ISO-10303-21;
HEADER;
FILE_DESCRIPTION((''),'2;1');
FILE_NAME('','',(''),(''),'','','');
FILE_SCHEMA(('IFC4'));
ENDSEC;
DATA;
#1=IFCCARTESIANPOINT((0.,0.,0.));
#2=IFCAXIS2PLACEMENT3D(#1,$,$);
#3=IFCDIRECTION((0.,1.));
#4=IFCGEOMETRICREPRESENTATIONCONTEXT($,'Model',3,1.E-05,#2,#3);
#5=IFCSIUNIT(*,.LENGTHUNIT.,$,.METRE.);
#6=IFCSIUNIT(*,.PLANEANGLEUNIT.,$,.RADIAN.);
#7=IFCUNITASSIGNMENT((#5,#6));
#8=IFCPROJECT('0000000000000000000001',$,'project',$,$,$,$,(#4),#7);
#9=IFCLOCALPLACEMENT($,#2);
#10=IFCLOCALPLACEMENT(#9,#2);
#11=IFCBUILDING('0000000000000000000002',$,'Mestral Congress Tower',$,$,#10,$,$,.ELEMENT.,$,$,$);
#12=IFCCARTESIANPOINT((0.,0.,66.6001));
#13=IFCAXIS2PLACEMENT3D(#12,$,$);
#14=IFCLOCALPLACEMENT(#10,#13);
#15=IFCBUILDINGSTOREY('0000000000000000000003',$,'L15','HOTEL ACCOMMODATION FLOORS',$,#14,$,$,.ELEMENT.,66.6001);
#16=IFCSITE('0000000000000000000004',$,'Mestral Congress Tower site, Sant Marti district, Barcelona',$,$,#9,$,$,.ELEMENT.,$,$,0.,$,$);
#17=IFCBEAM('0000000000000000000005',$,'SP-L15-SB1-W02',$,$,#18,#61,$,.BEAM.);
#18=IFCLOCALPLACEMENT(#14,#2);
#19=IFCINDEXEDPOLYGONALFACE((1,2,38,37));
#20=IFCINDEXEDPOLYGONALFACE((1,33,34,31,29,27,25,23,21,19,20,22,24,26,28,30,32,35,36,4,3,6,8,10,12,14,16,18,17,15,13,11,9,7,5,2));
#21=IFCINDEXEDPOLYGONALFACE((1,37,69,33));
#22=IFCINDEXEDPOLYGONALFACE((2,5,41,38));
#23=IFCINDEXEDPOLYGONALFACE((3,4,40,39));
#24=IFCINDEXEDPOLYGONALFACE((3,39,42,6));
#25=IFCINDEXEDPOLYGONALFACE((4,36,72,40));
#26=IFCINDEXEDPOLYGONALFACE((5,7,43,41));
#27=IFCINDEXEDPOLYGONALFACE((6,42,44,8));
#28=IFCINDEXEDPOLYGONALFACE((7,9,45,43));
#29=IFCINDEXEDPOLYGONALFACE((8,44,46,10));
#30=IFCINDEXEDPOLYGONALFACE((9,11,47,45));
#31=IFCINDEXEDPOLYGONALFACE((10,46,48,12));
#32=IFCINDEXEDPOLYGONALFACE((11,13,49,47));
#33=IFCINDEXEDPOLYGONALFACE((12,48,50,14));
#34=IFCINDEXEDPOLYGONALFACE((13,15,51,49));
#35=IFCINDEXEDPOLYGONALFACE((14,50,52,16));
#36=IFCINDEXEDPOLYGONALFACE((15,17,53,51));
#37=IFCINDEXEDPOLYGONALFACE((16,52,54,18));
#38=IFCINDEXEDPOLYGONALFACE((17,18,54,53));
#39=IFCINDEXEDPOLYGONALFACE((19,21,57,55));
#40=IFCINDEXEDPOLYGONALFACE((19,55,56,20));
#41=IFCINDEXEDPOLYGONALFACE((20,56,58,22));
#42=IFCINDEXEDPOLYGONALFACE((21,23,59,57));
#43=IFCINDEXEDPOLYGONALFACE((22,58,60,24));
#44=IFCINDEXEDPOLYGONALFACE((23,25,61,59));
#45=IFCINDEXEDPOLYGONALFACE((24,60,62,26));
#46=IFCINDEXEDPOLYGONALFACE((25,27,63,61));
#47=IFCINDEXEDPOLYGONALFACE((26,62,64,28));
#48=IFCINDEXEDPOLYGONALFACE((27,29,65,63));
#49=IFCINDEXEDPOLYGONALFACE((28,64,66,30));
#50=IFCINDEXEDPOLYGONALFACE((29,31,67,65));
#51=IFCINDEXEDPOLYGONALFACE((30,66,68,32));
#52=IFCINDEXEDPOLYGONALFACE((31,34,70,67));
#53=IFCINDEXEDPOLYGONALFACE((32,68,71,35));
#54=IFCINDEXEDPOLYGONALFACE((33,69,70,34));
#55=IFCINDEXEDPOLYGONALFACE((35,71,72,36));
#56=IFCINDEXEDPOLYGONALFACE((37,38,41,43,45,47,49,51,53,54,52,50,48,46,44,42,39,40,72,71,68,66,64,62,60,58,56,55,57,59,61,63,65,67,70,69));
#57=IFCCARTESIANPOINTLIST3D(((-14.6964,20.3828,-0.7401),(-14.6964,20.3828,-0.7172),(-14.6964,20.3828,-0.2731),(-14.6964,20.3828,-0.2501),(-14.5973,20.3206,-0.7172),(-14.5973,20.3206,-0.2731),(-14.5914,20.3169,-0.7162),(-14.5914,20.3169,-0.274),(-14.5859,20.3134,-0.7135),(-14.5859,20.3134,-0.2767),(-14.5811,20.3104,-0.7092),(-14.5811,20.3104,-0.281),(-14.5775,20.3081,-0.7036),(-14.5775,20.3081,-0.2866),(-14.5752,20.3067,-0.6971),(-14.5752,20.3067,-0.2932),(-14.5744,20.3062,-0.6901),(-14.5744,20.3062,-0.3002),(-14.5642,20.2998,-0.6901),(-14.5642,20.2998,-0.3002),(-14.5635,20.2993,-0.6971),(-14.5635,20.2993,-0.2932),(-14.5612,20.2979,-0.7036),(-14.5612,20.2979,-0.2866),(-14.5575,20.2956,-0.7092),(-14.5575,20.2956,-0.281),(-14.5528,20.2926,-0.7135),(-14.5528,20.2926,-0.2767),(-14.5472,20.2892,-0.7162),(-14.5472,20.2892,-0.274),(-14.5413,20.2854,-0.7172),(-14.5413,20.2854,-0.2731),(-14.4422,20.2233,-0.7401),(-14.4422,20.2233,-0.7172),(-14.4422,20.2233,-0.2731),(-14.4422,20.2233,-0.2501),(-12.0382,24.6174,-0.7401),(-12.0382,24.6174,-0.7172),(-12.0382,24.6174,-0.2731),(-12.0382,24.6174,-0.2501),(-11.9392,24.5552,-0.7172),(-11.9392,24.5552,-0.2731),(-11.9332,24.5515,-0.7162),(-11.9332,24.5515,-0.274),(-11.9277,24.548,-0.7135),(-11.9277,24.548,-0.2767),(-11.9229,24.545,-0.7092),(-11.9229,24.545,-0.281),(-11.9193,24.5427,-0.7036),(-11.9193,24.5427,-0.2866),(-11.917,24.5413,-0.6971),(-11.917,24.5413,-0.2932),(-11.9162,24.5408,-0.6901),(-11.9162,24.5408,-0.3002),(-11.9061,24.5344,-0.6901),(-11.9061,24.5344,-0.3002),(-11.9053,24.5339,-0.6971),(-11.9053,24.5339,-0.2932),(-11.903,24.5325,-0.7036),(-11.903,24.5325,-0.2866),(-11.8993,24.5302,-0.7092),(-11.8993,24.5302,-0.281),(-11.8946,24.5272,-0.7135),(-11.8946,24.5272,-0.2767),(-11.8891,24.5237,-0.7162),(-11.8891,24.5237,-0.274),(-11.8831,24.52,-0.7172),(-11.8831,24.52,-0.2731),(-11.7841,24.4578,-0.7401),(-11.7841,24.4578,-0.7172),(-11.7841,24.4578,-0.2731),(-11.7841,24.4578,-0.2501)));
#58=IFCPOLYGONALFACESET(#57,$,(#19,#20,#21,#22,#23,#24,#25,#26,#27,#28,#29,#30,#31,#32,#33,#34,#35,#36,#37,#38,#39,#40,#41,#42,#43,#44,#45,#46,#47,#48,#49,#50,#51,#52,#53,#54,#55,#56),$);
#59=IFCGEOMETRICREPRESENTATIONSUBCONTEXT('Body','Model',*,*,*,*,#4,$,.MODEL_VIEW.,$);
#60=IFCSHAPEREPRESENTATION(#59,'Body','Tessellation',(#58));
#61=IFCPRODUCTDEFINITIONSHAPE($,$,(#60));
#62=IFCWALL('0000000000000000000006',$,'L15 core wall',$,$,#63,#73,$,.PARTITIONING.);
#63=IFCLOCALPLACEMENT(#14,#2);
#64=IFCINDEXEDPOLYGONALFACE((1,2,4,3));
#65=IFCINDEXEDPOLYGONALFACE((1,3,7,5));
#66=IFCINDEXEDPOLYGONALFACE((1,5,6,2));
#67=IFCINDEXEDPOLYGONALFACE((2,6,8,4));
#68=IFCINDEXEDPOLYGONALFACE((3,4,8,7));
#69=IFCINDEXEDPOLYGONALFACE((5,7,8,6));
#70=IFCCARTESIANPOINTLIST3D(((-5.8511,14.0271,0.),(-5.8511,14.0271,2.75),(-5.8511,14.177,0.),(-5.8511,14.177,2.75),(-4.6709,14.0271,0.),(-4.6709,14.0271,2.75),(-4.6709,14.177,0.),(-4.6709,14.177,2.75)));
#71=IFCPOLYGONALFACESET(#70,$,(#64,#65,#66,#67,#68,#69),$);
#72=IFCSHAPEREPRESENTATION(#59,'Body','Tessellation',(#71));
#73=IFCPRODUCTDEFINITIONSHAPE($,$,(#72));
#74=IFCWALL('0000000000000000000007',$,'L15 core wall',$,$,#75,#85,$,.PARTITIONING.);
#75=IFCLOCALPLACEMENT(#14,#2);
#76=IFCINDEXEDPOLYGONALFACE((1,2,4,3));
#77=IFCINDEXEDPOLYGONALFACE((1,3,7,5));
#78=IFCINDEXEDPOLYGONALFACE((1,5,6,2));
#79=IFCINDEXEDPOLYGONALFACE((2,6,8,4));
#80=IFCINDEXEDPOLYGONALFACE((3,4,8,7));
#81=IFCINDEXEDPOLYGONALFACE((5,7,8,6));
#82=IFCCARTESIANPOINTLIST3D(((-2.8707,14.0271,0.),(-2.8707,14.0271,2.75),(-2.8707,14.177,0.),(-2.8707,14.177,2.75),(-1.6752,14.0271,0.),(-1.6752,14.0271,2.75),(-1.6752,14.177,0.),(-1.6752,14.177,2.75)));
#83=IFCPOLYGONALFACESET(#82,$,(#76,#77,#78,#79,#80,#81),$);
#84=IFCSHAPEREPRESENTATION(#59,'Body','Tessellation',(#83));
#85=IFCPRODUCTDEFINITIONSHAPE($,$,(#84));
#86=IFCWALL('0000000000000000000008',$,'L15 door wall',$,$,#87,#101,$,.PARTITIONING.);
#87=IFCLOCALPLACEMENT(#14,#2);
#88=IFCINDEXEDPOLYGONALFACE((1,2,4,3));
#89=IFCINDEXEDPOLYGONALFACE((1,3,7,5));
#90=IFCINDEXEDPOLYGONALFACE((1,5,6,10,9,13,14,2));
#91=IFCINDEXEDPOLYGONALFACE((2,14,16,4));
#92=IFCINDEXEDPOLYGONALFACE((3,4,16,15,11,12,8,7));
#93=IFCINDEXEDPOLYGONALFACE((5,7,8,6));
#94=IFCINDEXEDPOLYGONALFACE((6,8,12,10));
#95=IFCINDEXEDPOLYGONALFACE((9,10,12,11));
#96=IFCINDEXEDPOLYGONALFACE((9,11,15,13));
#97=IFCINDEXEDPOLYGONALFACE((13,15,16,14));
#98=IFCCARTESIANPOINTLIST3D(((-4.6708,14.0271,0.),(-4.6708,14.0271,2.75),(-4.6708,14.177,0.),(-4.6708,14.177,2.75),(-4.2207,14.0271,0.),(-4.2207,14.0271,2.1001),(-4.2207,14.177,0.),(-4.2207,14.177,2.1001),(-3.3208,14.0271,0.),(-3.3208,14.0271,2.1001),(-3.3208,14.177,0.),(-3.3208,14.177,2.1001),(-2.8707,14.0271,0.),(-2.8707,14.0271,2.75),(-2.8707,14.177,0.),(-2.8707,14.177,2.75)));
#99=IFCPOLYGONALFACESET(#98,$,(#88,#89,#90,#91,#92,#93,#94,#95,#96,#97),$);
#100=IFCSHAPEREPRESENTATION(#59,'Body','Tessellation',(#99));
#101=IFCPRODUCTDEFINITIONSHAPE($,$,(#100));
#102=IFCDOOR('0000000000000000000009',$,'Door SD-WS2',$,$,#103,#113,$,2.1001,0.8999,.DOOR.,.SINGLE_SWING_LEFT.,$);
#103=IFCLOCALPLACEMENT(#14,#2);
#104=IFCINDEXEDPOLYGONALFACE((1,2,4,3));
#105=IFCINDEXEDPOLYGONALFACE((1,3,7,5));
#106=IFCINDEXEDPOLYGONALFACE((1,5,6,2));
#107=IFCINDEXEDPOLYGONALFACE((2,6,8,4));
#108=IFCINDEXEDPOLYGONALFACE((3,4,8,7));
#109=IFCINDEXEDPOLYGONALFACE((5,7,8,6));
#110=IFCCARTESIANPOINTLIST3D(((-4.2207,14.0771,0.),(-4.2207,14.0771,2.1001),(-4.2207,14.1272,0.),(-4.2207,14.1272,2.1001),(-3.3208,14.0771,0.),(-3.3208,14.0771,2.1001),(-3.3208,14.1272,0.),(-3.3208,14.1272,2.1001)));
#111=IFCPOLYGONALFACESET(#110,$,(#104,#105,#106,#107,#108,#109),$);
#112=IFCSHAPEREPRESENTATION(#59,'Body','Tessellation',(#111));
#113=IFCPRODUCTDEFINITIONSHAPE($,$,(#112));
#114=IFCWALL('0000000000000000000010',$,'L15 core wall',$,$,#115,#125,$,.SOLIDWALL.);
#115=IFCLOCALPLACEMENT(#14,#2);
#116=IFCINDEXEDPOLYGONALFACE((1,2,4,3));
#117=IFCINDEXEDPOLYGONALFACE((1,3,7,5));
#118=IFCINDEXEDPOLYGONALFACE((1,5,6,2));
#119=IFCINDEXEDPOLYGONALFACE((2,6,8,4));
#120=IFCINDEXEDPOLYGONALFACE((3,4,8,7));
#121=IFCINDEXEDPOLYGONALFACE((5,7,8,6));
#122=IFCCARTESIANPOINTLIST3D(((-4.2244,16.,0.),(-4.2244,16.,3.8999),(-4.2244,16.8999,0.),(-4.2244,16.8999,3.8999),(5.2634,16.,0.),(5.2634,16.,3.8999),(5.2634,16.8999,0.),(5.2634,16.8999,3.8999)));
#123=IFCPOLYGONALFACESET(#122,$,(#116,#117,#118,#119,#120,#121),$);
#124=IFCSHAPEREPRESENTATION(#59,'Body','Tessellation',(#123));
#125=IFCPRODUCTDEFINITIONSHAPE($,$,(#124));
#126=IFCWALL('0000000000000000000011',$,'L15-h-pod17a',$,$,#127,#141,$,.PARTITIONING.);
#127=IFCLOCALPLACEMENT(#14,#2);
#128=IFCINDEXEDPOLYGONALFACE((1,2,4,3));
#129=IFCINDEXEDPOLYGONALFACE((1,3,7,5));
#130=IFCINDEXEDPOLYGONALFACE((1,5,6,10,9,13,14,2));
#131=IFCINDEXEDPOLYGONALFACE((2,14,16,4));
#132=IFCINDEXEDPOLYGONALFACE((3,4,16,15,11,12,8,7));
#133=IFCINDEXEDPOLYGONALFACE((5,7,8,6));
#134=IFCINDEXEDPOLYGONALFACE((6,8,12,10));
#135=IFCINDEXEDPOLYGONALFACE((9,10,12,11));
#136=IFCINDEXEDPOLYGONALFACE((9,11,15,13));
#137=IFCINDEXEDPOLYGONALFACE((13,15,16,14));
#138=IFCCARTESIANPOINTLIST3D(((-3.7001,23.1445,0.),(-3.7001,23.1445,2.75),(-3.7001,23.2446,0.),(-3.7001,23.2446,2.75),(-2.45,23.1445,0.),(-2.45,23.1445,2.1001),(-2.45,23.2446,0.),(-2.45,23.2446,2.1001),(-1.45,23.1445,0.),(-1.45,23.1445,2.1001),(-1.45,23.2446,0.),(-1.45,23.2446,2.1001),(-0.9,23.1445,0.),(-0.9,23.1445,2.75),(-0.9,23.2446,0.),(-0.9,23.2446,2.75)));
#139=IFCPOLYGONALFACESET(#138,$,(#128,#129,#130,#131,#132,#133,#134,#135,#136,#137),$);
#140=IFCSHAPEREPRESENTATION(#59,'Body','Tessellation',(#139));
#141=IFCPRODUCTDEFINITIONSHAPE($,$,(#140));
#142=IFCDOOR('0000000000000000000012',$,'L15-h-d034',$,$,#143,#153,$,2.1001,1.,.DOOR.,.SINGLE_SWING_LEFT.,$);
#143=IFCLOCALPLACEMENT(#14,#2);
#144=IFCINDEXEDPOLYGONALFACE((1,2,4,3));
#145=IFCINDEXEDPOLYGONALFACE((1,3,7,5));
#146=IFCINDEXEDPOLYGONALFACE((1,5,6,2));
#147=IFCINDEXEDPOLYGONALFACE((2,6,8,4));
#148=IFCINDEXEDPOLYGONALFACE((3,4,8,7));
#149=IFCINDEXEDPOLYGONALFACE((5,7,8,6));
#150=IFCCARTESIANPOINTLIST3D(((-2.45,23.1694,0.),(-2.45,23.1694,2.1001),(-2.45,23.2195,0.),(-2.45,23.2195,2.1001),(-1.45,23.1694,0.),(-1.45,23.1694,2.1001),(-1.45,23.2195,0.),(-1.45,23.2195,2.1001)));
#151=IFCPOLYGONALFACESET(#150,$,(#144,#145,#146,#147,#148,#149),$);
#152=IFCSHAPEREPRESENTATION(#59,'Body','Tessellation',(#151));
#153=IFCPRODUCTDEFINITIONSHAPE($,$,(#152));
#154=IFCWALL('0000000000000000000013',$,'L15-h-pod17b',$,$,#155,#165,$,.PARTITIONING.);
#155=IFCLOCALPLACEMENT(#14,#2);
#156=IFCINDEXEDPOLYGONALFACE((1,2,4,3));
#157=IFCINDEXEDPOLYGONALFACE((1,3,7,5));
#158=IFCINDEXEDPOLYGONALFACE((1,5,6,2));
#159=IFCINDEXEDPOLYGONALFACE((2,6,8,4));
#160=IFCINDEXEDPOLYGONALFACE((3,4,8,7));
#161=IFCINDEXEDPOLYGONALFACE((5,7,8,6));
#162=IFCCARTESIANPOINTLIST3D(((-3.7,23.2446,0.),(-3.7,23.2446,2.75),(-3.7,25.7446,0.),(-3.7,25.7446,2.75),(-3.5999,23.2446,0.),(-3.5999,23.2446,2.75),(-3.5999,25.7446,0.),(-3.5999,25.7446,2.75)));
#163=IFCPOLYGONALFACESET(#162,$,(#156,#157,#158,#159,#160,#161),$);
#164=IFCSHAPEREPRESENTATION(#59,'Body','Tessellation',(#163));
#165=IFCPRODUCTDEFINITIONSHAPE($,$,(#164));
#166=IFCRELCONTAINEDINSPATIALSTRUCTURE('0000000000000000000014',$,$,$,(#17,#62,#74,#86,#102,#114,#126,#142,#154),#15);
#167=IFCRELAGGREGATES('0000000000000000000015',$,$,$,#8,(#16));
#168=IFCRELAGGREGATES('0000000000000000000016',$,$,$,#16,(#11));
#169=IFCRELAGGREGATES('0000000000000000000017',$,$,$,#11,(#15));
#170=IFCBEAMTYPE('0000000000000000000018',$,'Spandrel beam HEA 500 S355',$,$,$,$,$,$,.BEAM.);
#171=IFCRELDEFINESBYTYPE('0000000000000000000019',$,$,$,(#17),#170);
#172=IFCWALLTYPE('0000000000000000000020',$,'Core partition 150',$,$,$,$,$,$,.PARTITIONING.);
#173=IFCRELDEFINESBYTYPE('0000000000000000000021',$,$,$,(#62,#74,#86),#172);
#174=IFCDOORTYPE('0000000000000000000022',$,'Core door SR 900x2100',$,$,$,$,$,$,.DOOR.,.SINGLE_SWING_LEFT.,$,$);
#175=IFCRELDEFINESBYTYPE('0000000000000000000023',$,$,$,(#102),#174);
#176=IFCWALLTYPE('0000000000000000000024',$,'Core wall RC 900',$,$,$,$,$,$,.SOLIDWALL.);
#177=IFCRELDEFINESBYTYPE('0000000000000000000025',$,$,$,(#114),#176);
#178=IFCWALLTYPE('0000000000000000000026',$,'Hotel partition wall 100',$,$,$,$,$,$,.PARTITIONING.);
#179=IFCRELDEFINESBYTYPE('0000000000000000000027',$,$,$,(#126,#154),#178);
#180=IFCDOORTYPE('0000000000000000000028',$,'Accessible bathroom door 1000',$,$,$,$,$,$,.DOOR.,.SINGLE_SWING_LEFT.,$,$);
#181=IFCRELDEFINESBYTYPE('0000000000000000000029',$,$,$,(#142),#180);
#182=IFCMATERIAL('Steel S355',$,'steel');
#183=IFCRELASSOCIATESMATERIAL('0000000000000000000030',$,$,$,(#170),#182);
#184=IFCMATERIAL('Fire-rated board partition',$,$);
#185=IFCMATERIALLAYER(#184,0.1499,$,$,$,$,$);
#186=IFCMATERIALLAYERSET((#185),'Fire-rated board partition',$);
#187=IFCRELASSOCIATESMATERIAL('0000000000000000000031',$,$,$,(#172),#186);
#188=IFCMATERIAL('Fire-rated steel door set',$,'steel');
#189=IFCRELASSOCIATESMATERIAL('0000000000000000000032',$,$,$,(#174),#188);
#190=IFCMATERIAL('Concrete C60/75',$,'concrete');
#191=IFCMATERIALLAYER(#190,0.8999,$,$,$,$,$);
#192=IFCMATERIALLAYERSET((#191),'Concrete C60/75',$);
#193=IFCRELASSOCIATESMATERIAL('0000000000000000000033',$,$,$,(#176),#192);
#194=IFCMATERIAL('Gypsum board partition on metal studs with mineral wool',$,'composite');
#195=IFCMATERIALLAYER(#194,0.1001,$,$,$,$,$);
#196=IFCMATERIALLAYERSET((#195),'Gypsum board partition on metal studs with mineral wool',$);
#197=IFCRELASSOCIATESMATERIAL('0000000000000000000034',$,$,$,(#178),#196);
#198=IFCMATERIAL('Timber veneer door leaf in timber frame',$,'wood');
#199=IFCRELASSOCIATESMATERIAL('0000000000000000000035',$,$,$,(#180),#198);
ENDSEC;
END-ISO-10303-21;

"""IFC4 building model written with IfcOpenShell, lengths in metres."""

from ifc_helpers import new_model, si_unit, direction, frame, frame_2d, origin, origin_2d, place, context, subcontext, project, spatial, rectangle, i_section, extrude, material, layer, layer_set, material_profile, profile_set, type_object, element, fill, save


model = new_model("IFC4")

# Units and contexts
model_context = context("Model", 3, precision=1e-05, world=origin(), true_north=direction((0.0, 1.0)))
body_context = subcontext(model_context, "Body", "Model", "MODEL_VIEW")
ifc_project = project(units=[si_unit("LENGTHUNIT", "METRE"), si_unit("PLANEANGLEUNIT", "RADIAN")], contexts=[model_context])

# Site, building, storey
site_placement = place(None, origin())
site = spatial("IfcSite", under=ifc_project, at=site_placement, Name="Mestral Congress Tower site, Sant Marti district, Barcelona", CompositionType="ELEMENT", RefElevation=0.0)
building_placement = place(site_placement, origin())
building = spatial("IfcBuilding", under=site, at=building_placement, Name="Mestral Congress Tower", CompositionType="ELEMENT")
storey_placement = place(building_placement, frame((0.0, 0.0, 66.6001)))
storey = spatial("IfcBuildingStorey", under=building, at=storey_placement, Name="L15", Description="HOTEL ACCOMMODATION FLOORS", CompositionType="ELEMENT", Elevation=66.6001)

# Beam
ifc_material_1 = material(Name="Steel S355", Category="steel")
ifc_material_profile = material_profile(ifc_material_1, i_section(OverallWidth=0.3, OverallDepth=0.49, WebThickness=0.012, FlangeThickness=0.0229, FilletRadius=0.0271, at=origin_2d()), Name="HEA 500")
ifc_profile_set = profile_set([ifc_material_profile], Name="Steel S355")
beam_type = type_object("IfcBeamType", Name="Spandrel beam HEA 500 S355", PredefinedType="BEAM", material=ifc_profile_set)
beam_placement = place(storey_placement, frame((-11.9111, 24.5376, -0.4951), z_axis=(-0.531661, -0.846957, 0.0), x_axis=(0.846957, -0.531661, 0.0)))
element("IfcBeam", 1, at=beam_placement, inside=storey, type_object=beam_type, Name="SP-L15-SB1-W02", PredefinedType="BEAM", context=body_context, shape_type="SweptSolid", body=[
    extrude(i_section(OverallWidth=0.3, OverallDepth=0.49, WebThickness=0.012, FlangeThickness=0.0229, FilletRadius=0.0271, at=origin_2d()), origin(), (0.0, 0.0, 1.0), 4.9998),
])

# Walls
ifc_material_2 = material(Name="Fire-rated board partition")
ifc_layer_1 = layer(ifc_material_2, 0.1499)
ifc_layer_set_1 = layer_set([ifc_layer_1], Name="Fire-rated board partition")
wall_type_1 = type_object("IfcWallType", Name="Core partition 150", PredefinedType="PARTITIONING", material=ifc_layer_set_1)
wall_1_placement = place(storey_placement, frame((-5.8511, 14.1021, 0.0), z_axis=(0.0, 0.0, 1.0), x_axis=(1.0, 0.0, 0.0)))
element("IfcWall", 2, at=wall_1_placement, inside=storey, type_object=wall_type_1, Name="L15 core wall", PredefinedType="PARTITIONING", context=body_context, shape_type="SweptSolid", body=[
    extrude(rectangle(XDim=1.1802, YDim=0.1499, at=frame_2d((0.5901, 0.0))), origin(), (0.0, 0.0, 1.0), 2.75),
])
wall_2_placement = place(storey_placement, frame((-2.8706, 14.1021, 0.0), z_axis=(0.0, 0.0, 1.0), x_axis=(1.0, 0.0, 0.0)))
element("IfcWall", 3, at=wall_2_placement, inside=storey, type_object=wall_type_1, Name="L15 core wall", PredefinedType="PARTITIONING", context=body_context, shape_type="SweptSolid", body=[
    extrude(rectangle(XDim=1.1956, YDim=0.1499, at=frame_2d((0.5977, 0.0))), origin(), (0.0, 0.0, 1.0), 2.75),
])

# Wall, opening, door
wall_3_placement = place(storey_placement, frame((-2.8708, 14.1021, 0.0), z_axis=(0.0, 0.0, 1.0), x_axis=(-1.0, 0.0, 0.0)))
wall_3 = element("IfcWall", 4, at=wall_3_placement, inside=storey, type_object=wall_type_1, Name="L15 door wall", PredefinedType="PARTITIONING", context=body_context, shape_type="SweptSolid", body=[
    extrude(rectangle(XDim=1.8, YDim=0.1499, at=frame_2d((0.8999, 0.0))), origin(), (0.0, 0.0, 1.0), 2.75),
])
opening_1_placement = place(wall_3_placement, frame((0.45, 0.0, 0.0)))
opening_1 = element("IfcOpeningElement", 5, at=opening_1_placement, cuts=wall_3, PredefinedType="OPENING", context=body_context, shape_type="SweptSolid", body=[
    extrude(rectangle(XDim=0.8999, YDim=2.1001, at=frame_2d((0.45, 1.05))), frame((0.0, 0.085, 0.0), z_axis=(0.0, -1.0, 0.0), x_axis=(1.0, 0.0, 0.0)), (0.0, 0.0, 1.0), 0.1699),
])
ifc_material_3 = material(Name="Fire-rated steel door set", Category="steel")
door_type_1 = type_object("IfcDoorType", Name="Core door SR 900x2100", OperationType="SINGLE_SWING_LEFT", PredefinedType="DOOR", material=ifc_material_3)
door_1_placement = place(opening_1_placement, origin())
door_1 = element("IfcDoor", 6, at=door_1_placement, inside=storey, type_object=door_type_1, Name="Door SD-WS2", OperationType="SINGLE_SWING_LEFT", OverallHeight=2.1001, OverallWidth=0.8999, PredefinedType="DOOR", context=body_context, shape_type="SweptSolid", body=[
    extrude(rectangle(XDim=0.8999, YDim=2.1001, at=frame_2d((0.45, 1.05))), frame((0.0, 0.0249, 0.0), z_axis=(0.0, -1.0, 0.0), x_axis=(1.0, 0.0, 0.0)), (0.0, 0.0, 1.0), 0.05),
])
fill(opening_1, door_1)

# Wall
ifc_material_4 = material(Name="Concrete C60/75", Category="concrete")
ifc_layer_2 = layer(ifc_material_4, 0.8999)
ifc_layer_set_2 = layer_set([ifc_layer_2], Name="Concrete C60/75")
wall_type_2 = type_object("IfcWallType", Name="Core wall RC 900", PredefinedType="SOLIDWALL", material=ifc_layer_set_2)
wall_4_placement = place(storey_placement, frame((-4.2244, 16.45, 0.0), z_axis=(0.0, 0.0, 1.0), x_axis=(1.0, 0.0, 0.0)))
element("IfcWall", 7, at=wall_4_placement, inside=storey, type_object=wall_type_2, Name="L15 core wall", PredefinedType="SOLIDWALL", context=body_context, shape_type="SweptSolid", body=[
    extrude(rectangle(XDim=9.4878, YDim=0.8999, at=frame_2d((4.7439, 0.0))), origin(), (0.0, 0.0, 1.0), 3.8999),
])

# Wall, opening, door
ifc_material_5 = material(Name="Gypsum board partition on metal studs with mineral wool", Category="composite")
ifc_layer_3 = layer(ifc_material_5, 0.1001)
ifc_layer_set_3 = layer_set([ifc_layer_3], Name="Gypsum board partition on metal studs with mineral wool")
wall_type_3 = type_object("IfcWallType", Name="Hotel partition wall 100", PredefinedType="PARTITIONING", material=ifc_layer_set_3)
wall_5_placement = place(storey_placement, frame((-3.7, 23.1946, 0.0), z_axis=(0.0, 0.0, 1.0), x_axis=(1.0, 0.0, 0.0)))
wall_5 = element("IfcWall", 8, at=wall_5_placement, inside=storey, type_object=wall_type_3, Name="L15-h-pod17a", PredefinedType="PARTITIONING", context=body_context, shape_type="SweptSolid", body=[
    extrude(rectangle(XDim=2.8, YDim=0.1001, at=frame_2d((1.3999, 0.0))), origin(), (0.0, 0.0, 1.0), 2.75),
])
opening_2_placement = place(wall_5_placement, frame((1.25, 0.0, 0.0)))
opening_2 = element("IfcOpeningElement", 9, at=opening_2_placement, cuts=wall_5, PredefinedType="OPENING", context=body_context, shape_type="SweptSolid", body=[
    extrude(rectangle(XDim=1.0, YDim=2.1001, at=frame_2d((0.5, 1.05))), frame((0.0, 0.0601, 0.0), z_axis=(0.0, -1.0, 0.0), x_axis=(1.0, 0.0, 0.0)), (0.0, 0.0, 1.0), 0.1201),
])
ifc_material_6 = material(Name="Timber veneer door leaf in timber frame", Category="wood")
door_type_2 = type_object("IfcDoorType", Name="Accessible bathroom door 1000", OperationType="SINGLE_SWING_LEFT", PredefinedType="DOOR", material=ifc_material_6)
door_2_placement = place(opening_2_placement, origin())
door_2 = element("IfcDoor", 10, at=door_2_placement, inside=storey, type_object=door_type_2, Name="L15-h-d034", OperationType="SINGLE_SWING_LEFT", OverallHeight=2.1001, OverallWidth=1.0, PredefinedType="DOOR", context=body_context, shape_type="SweptSolid", body=[
    extrude(rectangle(XDim=1.0, YDim=2.1001, at=frame_2d((0.5, 1.05))), frame((0.0, 0.0249, 0.0), z_axis=(0.0, -1.0, 0.0), x_axis=(1.0, 0.0, 0.0)), (0.0, 0.0, 1.0), 0.05),
])
fill(opening_2, door_2)

# Wall
wall_6_placement = place(storey_placement, frame((-3.6499, 23.2446, 0.0), z_axis=(0.0, 0.0, 1.0), x_axis=(0.0, 1.0, 0.0)))
element("IfcWall", 11, at=wall_6_placement, inside=storey, type_object=wall_type_3, Name="L15-h-pod17b", PredefinedType="PARTITIONING", context=body_context, shape_type="SweptSolid", body=[
    extrude(rectangle(XDim=2.5, YDim=0.1001, at=frame_2d((1.25, 0.0))), origin(), (0.0, 0.0, 1.0), 2.75),
])

save(model, "model.ifc")
